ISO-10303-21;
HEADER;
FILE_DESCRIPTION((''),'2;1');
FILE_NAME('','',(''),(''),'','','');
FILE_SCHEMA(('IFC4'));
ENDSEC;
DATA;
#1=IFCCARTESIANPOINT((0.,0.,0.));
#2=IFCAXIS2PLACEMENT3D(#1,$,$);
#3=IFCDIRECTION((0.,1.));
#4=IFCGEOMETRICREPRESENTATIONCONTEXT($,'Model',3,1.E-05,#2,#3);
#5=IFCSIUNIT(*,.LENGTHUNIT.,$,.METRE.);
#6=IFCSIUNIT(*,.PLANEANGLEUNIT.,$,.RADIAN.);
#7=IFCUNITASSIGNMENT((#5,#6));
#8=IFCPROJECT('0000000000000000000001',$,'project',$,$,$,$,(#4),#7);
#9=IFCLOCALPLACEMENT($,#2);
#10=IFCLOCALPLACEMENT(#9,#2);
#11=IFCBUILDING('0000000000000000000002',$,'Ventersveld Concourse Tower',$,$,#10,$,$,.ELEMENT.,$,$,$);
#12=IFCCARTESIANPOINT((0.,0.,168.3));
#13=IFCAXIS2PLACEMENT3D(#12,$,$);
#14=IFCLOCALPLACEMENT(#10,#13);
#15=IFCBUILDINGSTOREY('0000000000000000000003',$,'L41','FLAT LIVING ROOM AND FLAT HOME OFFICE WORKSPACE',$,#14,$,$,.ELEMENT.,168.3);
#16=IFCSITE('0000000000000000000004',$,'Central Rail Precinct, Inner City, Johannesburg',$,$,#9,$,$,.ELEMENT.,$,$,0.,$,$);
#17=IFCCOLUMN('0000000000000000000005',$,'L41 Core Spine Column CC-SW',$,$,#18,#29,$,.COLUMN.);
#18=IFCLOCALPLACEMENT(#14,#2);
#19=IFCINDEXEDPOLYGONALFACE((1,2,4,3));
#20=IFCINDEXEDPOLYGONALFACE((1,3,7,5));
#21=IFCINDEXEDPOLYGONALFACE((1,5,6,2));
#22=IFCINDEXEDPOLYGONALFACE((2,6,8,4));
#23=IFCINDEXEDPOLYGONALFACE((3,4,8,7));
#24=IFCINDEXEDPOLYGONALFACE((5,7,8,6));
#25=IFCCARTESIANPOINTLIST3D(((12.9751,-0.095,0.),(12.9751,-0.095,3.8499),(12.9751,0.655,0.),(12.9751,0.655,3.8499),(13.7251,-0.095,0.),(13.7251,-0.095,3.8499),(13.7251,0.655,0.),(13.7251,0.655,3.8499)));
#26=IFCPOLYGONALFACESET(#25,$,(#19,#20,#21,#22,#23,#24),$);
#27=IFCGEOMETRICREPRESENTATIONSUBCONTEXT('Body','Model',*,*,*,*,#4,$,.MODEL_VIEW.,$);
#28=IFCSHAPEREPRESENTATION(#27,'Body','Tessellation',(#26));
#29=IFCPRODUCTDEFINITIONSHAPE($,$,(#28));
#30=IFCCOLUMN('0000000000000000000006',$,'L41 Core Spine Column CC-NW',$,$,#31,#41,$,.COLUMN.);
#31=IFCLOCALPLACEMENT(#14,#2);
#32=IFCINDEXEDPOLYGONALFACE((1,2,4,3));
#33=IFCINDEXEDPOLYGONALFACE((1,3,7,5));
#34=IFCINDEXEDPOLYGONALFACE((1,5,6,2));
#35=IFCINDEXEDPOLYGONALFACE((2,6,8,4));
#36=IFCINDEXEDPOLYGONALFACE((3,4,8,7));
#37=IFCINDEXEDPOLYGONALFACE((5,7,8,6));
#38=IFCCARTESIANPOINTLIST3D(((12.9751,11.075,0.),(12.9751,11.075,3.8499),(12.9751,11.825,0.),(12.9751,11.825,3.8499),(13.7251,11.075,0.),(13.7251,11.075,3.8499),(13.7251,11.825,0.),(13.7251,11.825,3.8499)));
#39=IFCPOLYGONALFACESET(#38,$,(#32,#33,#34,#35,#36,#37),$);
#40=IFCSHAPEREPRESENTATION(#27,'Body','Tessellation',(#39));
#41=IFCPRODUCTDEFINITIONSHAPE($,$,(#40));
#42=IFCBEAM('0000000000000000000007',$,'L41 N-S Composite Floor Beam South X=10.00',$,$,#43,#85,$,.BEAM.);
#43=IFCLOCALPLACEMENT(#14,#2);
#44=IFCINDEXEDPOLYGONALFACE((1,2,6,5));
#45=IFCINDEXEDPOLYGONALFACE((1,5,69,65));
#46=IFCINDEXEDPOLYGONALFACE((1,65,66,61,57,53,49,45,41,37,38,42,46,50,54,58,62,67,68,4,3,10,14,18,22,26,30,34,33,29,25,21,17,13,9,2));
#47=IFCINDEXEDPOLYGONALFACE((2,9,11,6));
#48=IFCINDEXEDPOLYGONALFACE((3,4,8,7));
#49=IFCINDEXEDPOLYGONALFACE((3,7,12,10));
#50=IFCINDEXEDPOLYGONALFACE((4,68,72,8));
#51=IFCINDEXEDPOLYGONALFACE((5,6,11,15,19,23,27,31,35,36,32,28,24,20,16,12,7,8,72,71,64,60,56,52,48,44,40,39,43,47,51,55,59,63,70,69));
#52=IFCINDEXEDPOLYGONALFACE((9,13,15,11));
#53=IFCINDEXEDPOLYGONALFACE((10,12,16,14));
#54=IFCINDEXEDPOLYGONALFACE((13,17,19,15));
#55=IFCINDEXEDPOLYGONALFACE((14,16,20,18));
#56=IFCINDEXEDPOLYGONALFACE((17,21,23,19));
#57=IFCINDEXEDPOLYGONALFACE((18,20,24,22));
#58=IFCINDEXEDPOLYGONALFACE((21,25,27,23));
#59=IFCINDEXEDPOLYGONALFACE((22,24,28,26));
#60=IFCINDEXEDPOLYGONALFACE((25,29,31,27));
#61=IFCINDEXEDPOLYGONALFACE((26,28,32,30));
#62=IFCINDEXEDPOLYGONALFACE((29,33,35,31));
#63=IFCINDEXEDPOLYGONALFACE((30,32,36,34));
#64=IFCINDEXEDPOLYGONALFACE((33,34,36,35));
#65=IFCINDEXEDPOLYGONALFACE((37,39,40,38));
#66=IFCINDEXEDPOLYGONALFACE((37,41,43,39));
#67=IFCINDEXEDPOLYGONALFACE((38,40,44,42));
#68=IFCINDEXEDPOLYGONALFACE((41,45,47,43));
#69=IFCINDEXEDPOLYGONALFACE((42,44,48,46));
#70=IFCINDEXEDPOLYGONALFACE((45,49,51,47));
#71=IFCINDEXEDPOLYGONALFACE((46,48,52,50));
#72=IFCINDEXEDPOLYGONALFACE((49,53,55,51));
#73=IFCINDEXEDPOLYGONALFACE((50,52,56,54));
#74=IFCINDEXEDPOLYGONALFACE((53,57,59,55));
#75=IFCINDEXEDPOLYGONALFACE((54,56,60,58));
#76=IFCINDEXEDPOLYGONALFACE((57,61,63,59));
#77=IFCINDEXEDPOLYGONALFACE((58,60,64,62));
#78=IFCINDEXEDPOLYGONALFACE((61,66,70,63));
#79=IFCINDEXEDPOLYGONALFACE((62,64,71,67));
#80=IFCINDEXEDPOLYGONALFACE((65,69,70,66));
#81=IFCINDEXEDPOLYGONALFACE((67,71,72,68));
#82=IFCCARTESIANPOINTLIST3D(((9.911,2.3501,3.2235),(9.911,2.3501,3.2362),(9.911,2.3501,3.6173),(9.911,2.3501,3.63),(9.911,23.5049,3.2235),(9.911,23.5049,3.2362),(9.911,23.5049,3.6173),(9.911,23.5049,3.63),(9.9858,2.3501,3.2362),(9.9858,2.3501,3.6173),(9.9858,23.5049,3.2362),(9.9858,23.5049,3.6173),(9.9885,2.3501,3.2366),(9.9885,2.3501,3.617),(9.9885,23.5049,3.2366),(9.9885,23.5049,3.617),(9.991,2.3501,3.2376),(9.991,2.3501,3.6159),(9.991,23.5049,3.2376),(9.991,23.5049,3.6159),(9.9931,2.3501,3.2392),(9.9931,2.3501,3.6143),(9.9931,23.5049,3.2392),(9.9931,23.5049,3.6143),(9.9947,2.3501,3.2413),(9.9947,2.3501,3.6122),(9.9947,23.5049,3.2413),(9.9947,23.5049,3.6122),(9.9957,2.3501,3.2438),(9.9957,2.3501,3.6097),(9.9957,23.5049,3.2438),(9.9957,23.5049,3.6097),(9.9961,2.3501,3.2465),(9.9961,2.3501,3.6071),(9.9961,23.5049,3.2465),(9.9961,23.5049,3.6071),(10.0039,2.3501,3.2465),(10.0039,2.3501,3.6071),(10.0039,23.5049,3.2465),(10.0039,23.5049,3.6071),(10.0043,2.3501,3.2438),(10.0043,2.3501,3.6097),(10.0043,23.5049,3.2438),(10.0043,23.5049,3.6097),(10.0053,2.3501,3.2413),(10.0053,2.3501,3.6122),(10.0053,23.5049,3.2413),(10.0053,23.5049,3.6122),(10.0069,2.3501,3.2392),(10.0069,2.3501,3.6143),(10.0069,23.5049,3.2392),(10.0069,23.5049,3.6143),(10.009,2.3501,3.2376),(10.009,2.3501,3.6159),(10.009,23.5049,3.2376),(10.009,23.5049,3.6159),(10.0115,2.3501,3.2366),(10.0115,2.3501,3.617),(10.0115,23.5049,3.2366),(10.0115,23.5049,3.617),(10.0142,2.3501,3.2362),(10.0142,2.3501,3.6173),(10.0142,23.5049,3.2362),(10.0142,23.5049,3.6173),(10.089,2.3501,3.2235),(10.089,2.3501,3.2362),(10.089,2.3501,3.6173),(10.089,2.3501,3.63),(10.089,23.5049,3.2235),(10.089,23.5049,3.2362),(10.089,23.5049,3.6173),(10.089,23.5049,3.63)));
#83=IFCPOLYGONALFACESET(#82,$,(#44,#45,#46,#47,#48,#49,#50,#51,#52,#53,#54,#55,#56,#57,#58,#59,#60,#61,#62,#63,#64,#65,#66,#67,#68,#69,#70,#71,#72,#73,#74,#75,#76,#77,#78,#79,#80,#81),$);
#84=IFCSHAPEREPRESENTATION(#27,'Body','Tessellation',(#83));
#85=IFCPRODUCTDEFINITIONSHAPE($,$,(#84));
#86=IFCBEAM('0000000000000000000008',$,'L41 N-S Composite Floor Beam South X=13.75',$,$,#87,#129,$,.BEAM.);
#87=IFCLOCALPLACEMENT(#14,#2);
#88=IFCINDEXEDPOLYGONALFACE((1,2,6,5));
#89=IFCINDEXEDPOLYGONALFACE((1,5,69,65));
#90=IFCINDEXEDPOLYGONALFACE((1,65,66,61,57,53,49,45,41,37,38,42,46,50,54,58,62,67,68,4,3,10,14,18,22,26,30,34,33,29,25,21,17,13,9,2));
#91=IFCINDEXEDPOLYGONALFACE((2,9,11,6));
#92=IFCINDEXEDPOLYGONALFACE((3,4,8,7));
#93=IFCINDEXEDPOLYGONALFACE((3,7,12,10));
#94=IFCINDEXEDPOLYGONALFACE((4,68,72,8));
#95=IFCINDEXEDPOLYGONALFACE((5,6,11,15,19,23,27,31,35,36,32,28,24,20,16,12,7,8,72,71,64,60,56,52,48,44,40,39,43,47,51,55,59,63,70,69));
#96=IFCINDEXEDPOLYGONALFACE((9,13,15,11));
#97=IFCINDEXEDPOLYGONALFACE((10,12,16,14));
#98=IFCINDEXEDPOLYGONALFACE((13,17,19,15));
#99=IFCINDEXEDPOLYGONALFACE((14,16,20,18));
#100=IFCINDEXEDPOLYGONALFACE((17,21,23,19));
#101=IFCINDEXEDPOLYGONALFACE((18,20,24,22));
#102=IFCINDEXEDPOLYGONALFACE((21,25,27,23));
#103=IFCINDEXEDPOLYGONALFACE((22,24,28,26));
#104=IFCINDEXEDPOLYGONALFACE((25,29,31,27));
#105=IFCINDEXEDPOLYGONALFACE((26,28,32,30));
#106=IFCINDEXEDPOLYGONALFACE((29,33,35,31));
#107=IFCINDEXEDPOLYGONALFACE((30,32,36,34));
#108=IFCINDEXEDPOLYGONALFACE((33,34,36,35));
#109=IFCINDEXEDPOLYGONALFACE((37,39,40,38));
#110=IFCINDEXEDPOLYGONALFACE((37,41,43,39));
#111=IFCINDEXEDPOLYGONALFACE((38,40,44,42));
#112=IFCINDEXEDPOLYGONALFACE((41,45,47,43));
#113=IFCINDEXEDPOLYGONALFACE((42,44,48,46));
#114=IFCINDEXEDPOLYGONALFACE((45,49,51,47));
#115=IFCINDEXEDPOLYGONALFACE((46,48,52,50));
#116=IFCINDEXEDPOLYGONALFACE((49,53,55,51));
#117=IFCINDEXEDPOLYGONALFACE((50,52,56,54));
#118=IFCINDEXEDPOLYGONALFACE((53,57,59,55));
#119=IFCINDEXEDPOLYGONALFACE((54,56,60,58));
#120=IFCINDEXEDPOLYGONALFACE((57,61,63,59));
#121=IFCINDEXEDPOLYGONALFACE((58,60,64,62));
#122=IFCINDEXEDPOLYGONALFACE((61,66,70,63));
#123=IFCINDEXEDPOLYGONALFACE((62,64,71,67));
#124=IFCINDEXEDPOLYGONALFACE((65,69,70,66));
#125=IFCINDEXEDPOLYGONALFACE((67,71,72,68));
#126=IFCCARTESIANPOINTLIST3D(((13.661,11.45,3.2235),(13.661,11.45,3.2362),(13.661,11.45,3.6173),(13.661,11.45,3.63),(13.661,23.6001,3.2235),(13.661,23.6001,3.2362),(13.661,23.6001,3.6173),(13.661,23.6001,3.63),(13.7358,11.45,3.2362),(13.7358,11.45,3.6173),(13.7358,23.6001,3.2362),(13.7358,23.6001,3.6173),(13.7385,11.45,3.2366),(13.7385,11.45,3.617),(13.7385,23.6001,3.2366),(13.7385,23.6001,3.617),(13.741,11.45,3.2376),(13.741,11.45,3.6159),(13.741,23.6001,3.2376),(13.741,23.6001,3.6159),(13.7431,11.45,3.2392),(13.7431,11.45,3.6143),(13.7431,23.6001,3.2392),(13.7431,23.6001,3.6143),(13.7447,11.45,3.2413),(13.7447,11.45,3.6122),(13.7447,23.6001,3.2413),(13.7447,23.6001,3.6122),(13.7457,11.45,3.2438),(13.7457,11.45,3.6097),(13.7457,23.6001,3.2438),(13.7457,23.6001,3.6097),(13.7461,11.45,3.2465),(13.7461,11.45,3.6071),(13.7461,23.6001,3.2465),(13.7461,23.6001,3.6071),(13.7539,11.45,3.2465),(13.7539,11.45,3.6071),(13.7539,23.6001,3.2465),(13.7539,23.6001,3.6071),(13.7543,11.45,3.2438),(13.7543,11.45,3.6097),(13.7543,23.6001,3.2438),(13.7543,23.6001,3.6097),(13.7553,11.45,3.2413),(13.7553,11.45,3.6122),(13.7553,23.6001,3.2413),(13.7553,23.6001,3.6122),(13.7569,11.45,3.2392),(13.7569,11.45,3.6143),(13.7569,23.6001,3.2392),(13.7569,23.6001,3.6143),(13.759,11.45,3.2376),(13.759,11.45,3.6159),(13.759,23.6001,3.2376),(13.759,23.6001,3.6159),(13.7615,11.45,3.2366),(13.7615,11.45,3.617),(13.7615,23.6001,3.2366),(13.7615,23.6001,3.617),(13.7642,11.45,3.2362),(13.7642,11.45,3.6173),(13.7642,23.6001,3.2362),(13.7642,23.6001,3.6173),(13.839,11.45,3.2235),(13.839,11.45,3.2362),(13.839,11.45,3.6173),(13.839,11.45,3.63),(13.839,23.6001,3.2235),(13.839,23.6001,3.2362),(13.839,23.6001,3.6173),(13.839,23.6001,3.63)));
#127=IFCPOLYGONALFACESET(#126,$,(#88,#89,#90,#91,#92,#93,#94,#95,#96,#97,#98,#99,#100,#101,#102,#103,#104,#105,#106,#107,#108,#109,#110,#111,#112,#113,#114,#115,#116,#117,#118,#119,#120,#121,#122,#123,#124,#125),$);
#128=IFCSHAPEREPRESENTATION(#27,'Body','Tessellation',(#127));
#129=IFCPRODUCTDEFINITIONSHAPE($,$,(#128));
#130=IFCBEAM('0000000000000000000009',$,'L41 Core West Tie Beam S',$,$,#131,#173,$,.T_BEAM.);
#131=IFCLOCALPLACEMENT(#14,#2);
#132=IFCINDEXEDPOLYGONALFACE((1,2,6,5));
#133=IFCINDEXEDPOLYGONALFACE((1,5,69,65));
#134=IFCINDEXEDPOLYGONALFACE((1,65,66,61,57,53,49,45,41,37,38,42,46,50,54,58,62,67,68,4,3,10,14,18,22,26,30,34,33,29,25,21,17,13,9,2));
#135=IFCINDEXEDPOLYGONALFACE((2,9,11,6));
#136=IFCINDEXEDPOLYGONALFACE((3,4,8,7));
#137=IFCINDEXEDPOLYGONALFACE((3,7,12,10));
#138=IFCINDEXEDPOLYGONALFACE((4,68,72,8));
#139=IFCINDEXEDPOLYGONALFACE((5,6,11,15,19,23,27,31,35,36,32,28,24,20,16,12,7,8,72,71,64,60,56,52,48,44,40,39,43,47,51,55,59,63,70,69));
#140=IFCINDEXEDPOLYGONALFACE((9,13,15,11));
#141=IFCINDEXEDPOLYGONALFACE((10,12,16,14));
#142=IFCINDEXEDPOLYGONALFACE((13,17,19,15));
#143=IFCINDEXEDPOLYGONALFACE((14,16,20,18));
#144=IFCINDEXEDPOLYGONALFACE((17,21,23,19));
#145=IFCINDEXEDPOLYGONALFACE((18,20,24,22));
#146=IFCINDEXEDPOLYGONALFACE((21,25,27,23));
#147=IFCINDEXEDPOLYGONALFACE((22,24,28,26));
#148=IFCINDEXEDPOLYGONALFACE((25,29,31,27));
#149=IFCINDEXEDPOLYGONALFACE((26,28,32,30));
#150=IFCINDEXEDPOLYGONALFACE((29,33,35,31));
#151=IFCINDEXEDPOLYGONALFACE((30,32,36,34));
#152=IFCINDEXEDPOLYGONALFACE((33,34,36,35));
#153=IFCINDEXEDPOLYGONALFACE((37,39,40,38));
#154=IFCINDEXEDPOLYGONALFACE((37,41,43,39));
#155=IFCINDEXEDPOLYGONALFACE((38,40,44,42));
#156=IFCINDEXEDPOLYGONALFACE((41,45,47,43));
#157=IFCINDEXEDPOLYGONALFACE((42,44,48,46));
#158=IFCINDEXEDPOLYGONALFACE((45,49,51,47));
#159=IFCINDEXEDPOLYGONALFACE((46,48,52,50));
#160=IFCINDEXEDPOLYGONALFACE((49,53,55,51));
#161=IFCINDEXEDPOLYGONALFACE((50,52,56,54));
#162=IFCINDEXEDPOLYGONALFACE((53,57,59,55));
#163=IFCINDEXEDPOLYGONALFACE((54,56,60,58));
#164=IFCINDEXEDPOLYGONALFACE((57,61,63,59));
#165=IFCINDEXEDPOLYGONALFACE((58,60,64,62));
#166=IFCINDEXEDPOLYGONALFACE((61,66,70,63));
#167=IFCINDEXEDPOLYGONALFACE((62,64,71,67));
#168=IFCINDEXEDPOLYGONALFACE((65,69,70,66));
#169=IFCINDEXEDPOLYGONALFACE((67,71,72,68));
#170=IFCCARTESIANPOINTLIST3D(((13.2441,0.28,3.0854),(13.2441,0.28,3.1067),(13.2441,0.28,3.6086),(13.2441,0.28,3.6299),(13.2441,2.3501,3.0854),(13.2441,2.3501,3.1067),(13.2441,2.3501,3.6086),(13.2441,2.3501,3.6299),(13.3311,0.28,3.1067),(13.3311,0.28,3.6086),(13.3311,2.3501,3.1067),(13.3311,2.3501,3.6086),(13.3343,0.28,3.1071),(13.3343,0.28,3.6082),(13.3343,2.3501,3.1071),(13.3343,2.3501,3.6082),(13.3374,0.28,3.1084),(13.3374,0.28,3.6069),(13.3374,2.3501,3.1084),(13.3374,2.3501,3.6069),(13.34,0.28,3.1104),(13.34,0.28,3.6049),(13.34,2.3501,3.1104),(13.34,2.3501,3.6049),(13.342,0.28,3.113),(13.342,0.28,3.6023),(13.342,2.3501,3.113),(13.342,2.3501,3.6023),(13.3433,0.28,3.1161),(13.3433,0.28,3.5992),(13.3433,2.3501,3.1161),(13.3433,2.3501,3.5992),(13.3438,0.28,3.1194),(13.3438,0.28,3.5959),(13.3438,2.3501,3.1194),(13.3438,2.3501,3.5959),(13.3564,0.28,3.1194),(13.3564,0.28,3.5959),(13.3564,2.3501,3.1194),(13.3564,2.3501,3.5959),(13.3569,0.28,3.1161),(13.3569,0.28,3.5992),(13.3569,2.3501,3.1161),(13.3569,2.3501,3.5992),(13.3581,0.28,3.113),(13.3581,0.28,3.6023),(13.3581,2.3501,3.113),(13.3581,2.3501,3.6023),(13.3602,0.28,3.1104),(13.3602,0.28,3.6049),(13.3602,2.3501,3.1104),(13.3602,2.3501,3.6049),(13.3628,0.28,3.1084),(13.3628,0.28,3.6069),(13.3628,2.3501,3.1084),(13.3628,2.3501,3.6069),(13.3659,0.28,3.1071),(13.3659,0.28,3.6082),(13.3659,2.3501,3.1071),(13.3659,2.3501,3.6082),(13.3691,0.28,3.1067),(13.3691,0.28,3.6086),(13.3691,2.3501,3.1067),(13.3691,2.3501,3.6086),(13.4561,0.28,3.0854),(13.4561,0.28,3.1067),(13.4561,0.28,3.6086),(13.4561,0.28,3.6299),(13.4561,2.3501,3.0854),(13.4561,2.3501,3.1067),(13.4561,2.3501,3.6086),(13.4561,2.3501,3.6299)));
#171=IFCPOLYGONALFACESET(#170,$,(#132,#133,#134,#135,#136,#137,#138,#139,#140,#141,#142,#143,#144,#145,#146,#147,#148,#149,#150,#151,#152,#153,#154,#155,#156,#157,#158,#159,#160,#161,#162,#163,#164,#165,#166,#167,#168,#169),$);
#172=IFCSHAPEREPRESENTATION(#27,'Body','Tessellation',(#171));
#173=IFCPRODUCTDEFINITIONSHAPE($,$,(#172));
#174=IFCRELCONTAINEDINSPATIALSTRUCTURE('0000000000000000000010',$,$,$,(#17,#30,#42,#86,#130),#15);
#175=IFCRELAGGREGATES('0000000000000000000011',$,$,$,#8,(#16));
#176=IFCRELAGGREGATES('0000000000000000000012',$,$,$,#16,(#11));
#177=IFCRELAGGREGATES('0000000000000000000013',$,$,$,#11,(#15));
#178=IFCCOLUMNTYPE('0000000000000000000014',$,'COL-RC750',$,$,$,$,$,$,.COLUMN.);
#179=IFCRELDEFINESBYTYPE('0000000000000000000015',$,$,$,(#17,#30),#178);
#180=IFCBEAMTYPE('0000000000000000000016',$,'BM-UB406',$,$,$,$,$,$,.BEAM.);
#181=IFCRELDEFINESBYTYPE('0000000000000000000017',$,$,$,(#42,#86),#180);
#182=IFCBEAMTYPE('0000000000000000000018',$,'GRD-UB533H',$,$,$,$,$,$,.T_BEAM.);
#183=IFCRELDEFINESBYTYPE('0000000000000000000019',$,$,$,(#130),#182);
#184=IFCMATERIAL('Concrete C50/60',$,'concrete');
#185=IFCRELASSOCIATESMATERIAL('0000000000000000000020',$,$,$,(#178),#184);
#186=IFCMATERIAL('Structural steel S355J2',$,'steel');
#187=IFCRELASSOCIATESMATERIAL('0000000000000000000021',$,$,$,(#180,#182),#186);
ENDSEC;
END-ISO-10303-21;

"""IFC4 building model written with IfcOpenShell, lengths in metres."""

from ifc_helpers import new_model, si_unit, direction, frame, origin, origin_2d, place, context, subcontext, project, spatial, rectangle, i_section, extrude, material, material_profile, profile_set, type_object, element, save


model = new_model("IFC4")

# Units and contexts
model_context = context("Model", 3, precision=1e-05, world=origin(), true_north=direction((0.0, 1.0)))
body_context = subcontext(model_context, "Body", "Model", "MODEL_VIEW")
ifc_project = project(units=[si_unit("LENGTHUNIT", "METRE"), si_unit("PLANEANGLEUNIT", "RADIAN")], contexts=[model_context])

# Site, building, storey
site_placement = place(None, origin())
site = spatial("IfcSite", under=ifc_project, at=site_placement, Name="Central Rail Precinct, Inner City, Johannesburg", CompositionType="ELEMENT", RefElevation=0.0)
building_placement = place(site_placement, origin())
building = spatial("IfcBuilding", under=site, at=building_placement, Name="Ventersveld Concourse Tower", CompositionType="ELEMENT")
storey_placement = place(building_placement, frame((0.0, 0.0, 168.3)))
storey = spatial("IfcBuildingStorey", under=building, at=storey_placement, Name="L41", Description="FLAT LIVING ROOM AND FLAT HOME OFFICE WORKSPACE", CompositionType="ELEMENT", Elevation=168.3)

# Columns
ifc_material_1 = material(Name="Concrete C50/60", Category="concrete")
ifc_material_profile_1 = material_profile(ifc_material_1, rectangle(XDim=0.75, YDim=0.75, at=origin_2d()), Name="RC 750x750")
ifc_profile_set_1 = profile_set([ifc_material_profile_1], Name="Concrete C50/60")
column_type = type_object("IfcColumnType", Name="COL-RC750", PredefinedType="COLUMN", material=ifc_profile_set_1)
for number, where, z_axis, x_axis, name in (
    (1, (13.3501, 0.28, 0.0), (0.0, 0.0, 1.0), (1.0, 0.0, 0.0), "L41 Core Spine Column CC-SW"),
    (2, (13.3501, 11.45, 0.0), (0.0, 0.0, 1.0), (1.0, 0.0, 0.0), "L41 Core Spine Column CC-NW"),
):
    element("IfcColumn", number, at=place(storey_placement, frame(where, z_axis=z_axis, x_axis=x_axis)), inside=storey, type_object=column_type, Name=name, PredefinedType="COLUMN", context=body_context, shape_type="SweptSolid", body=[
        extrude(rectangle(XDim=0.75, YDim=0.75, at=origin_2d()), origin(), (0.0, 0.0, 1.0), 3.8499),
    ])

# Beams
ifc_material_2 = material(Name="Structural steel S355J2", Category="steel")
ifc_material_profile_2 = material_profile(ifc_material_2, i_section(OverallWidth=0.178, OverallDepth=0.4065, WebThickness=0.0078, FlangeThickness=0.0127, FilletRadius=0.0103, at=origin_2d()), Name="UB 406x178x60")
ifc_profile_set_2 = profile_set([ifc_material_profile_2], Name="Structural steel S355J2")
beam_type_1 = type_object("IfcBeamType", Name="BM-UB406", PredefinedType="BEAM", material=ifc_profile_set_2)
beam_1_placement = place(storey_placement, frame((10.0, 2.3501, 3.4268), z_axis=(0.0, 1.0, 0.0), x_axis=(-1.0, 0.0, 0.0)))
element("IfcBeam", 3, at=beam_1_placement, inside=storey, type_object=beam_type_1, Name="L41 N-S Composite Floor Beam South X=10.00", PredefinedType="BEAM", context=body_context, shape_type="SweptSolid", body=[
    extrude(i_section(OverallWidth=0.178, OverallDepth=0.4065, WebThickness=0.0078, FlangeThickness=0.0127, FilletRadius=0.0103, at=origin_2d()), origin(), (0.0, 0.0, 1.0), 21.1548),
])
beam_2_placement = place(storey_placement, frame((13.75, 11.45, 3.4268), z_axis=(0.0, 1.0, 0.0), x_axis=(-1.0, 0.0, 0.0)))
element("IfcBeam", 4, at=beam_2_placement, inside=storey, type_object=beam_type_1, Name="L41 N-S Composite Floor Beam South X=13.75", PredefinedType="BEAM", context=body_context, shape_type="SweptSolid", body=[
    extrude(i_section(OverallWidth=0.178, OverallDepth=0.4065, WebThickness=0.0078, FlangeThickness=0.0127, FilletRadius=0.0103, at=origin_2d()), origin(), (0.0, 0.0, 1.0), 12.1501),
])
ifc_material_profile_3 = material_profile(ifc_material_2, i_section(OverallWidth=0.2119, OverallDepth=0.5444, WebThickness=0.0127, FlangeThickness=0.0212, FilletRadius=0.0127, at=origin_2d()), Name="UB 533x210x122")
ifc_profile_set_3 = profile_set([ifc_material_profile_3], Name="Structural steel S355J2")
beam_type_2 = type_object("IfcBeamType", Name="GRD-UB533H", PredefinedType="T_BEAM", material=ifc_profile_set_3)
beam_3_placement = place(storey_placement, frame((13.3501, 0.28, 3.3577), z_axis=(0.0, 1.0, 0.0), x_axis=(-1.0, 0.0, 0.0)))
element("IfcBeam", 5, at=beam_3_placement, inside=storey, type_object=beam_type_2, Name="L41 Core West Tie Beam S", PredefinedType="T_BEAM", context=body_context, shape_type="SweptSolid", body=[
    extrude(i_section(OverallWidth=0.2119, OverallDepth=0.5444, WebThickness=0.0127, FlangeThickness=0.0212, FilletRadius=0.0127, at=origin_2d()), origin(), (0.0, 0.0, 1.0), 2.0701),
])

save(model, "model.ifc")
